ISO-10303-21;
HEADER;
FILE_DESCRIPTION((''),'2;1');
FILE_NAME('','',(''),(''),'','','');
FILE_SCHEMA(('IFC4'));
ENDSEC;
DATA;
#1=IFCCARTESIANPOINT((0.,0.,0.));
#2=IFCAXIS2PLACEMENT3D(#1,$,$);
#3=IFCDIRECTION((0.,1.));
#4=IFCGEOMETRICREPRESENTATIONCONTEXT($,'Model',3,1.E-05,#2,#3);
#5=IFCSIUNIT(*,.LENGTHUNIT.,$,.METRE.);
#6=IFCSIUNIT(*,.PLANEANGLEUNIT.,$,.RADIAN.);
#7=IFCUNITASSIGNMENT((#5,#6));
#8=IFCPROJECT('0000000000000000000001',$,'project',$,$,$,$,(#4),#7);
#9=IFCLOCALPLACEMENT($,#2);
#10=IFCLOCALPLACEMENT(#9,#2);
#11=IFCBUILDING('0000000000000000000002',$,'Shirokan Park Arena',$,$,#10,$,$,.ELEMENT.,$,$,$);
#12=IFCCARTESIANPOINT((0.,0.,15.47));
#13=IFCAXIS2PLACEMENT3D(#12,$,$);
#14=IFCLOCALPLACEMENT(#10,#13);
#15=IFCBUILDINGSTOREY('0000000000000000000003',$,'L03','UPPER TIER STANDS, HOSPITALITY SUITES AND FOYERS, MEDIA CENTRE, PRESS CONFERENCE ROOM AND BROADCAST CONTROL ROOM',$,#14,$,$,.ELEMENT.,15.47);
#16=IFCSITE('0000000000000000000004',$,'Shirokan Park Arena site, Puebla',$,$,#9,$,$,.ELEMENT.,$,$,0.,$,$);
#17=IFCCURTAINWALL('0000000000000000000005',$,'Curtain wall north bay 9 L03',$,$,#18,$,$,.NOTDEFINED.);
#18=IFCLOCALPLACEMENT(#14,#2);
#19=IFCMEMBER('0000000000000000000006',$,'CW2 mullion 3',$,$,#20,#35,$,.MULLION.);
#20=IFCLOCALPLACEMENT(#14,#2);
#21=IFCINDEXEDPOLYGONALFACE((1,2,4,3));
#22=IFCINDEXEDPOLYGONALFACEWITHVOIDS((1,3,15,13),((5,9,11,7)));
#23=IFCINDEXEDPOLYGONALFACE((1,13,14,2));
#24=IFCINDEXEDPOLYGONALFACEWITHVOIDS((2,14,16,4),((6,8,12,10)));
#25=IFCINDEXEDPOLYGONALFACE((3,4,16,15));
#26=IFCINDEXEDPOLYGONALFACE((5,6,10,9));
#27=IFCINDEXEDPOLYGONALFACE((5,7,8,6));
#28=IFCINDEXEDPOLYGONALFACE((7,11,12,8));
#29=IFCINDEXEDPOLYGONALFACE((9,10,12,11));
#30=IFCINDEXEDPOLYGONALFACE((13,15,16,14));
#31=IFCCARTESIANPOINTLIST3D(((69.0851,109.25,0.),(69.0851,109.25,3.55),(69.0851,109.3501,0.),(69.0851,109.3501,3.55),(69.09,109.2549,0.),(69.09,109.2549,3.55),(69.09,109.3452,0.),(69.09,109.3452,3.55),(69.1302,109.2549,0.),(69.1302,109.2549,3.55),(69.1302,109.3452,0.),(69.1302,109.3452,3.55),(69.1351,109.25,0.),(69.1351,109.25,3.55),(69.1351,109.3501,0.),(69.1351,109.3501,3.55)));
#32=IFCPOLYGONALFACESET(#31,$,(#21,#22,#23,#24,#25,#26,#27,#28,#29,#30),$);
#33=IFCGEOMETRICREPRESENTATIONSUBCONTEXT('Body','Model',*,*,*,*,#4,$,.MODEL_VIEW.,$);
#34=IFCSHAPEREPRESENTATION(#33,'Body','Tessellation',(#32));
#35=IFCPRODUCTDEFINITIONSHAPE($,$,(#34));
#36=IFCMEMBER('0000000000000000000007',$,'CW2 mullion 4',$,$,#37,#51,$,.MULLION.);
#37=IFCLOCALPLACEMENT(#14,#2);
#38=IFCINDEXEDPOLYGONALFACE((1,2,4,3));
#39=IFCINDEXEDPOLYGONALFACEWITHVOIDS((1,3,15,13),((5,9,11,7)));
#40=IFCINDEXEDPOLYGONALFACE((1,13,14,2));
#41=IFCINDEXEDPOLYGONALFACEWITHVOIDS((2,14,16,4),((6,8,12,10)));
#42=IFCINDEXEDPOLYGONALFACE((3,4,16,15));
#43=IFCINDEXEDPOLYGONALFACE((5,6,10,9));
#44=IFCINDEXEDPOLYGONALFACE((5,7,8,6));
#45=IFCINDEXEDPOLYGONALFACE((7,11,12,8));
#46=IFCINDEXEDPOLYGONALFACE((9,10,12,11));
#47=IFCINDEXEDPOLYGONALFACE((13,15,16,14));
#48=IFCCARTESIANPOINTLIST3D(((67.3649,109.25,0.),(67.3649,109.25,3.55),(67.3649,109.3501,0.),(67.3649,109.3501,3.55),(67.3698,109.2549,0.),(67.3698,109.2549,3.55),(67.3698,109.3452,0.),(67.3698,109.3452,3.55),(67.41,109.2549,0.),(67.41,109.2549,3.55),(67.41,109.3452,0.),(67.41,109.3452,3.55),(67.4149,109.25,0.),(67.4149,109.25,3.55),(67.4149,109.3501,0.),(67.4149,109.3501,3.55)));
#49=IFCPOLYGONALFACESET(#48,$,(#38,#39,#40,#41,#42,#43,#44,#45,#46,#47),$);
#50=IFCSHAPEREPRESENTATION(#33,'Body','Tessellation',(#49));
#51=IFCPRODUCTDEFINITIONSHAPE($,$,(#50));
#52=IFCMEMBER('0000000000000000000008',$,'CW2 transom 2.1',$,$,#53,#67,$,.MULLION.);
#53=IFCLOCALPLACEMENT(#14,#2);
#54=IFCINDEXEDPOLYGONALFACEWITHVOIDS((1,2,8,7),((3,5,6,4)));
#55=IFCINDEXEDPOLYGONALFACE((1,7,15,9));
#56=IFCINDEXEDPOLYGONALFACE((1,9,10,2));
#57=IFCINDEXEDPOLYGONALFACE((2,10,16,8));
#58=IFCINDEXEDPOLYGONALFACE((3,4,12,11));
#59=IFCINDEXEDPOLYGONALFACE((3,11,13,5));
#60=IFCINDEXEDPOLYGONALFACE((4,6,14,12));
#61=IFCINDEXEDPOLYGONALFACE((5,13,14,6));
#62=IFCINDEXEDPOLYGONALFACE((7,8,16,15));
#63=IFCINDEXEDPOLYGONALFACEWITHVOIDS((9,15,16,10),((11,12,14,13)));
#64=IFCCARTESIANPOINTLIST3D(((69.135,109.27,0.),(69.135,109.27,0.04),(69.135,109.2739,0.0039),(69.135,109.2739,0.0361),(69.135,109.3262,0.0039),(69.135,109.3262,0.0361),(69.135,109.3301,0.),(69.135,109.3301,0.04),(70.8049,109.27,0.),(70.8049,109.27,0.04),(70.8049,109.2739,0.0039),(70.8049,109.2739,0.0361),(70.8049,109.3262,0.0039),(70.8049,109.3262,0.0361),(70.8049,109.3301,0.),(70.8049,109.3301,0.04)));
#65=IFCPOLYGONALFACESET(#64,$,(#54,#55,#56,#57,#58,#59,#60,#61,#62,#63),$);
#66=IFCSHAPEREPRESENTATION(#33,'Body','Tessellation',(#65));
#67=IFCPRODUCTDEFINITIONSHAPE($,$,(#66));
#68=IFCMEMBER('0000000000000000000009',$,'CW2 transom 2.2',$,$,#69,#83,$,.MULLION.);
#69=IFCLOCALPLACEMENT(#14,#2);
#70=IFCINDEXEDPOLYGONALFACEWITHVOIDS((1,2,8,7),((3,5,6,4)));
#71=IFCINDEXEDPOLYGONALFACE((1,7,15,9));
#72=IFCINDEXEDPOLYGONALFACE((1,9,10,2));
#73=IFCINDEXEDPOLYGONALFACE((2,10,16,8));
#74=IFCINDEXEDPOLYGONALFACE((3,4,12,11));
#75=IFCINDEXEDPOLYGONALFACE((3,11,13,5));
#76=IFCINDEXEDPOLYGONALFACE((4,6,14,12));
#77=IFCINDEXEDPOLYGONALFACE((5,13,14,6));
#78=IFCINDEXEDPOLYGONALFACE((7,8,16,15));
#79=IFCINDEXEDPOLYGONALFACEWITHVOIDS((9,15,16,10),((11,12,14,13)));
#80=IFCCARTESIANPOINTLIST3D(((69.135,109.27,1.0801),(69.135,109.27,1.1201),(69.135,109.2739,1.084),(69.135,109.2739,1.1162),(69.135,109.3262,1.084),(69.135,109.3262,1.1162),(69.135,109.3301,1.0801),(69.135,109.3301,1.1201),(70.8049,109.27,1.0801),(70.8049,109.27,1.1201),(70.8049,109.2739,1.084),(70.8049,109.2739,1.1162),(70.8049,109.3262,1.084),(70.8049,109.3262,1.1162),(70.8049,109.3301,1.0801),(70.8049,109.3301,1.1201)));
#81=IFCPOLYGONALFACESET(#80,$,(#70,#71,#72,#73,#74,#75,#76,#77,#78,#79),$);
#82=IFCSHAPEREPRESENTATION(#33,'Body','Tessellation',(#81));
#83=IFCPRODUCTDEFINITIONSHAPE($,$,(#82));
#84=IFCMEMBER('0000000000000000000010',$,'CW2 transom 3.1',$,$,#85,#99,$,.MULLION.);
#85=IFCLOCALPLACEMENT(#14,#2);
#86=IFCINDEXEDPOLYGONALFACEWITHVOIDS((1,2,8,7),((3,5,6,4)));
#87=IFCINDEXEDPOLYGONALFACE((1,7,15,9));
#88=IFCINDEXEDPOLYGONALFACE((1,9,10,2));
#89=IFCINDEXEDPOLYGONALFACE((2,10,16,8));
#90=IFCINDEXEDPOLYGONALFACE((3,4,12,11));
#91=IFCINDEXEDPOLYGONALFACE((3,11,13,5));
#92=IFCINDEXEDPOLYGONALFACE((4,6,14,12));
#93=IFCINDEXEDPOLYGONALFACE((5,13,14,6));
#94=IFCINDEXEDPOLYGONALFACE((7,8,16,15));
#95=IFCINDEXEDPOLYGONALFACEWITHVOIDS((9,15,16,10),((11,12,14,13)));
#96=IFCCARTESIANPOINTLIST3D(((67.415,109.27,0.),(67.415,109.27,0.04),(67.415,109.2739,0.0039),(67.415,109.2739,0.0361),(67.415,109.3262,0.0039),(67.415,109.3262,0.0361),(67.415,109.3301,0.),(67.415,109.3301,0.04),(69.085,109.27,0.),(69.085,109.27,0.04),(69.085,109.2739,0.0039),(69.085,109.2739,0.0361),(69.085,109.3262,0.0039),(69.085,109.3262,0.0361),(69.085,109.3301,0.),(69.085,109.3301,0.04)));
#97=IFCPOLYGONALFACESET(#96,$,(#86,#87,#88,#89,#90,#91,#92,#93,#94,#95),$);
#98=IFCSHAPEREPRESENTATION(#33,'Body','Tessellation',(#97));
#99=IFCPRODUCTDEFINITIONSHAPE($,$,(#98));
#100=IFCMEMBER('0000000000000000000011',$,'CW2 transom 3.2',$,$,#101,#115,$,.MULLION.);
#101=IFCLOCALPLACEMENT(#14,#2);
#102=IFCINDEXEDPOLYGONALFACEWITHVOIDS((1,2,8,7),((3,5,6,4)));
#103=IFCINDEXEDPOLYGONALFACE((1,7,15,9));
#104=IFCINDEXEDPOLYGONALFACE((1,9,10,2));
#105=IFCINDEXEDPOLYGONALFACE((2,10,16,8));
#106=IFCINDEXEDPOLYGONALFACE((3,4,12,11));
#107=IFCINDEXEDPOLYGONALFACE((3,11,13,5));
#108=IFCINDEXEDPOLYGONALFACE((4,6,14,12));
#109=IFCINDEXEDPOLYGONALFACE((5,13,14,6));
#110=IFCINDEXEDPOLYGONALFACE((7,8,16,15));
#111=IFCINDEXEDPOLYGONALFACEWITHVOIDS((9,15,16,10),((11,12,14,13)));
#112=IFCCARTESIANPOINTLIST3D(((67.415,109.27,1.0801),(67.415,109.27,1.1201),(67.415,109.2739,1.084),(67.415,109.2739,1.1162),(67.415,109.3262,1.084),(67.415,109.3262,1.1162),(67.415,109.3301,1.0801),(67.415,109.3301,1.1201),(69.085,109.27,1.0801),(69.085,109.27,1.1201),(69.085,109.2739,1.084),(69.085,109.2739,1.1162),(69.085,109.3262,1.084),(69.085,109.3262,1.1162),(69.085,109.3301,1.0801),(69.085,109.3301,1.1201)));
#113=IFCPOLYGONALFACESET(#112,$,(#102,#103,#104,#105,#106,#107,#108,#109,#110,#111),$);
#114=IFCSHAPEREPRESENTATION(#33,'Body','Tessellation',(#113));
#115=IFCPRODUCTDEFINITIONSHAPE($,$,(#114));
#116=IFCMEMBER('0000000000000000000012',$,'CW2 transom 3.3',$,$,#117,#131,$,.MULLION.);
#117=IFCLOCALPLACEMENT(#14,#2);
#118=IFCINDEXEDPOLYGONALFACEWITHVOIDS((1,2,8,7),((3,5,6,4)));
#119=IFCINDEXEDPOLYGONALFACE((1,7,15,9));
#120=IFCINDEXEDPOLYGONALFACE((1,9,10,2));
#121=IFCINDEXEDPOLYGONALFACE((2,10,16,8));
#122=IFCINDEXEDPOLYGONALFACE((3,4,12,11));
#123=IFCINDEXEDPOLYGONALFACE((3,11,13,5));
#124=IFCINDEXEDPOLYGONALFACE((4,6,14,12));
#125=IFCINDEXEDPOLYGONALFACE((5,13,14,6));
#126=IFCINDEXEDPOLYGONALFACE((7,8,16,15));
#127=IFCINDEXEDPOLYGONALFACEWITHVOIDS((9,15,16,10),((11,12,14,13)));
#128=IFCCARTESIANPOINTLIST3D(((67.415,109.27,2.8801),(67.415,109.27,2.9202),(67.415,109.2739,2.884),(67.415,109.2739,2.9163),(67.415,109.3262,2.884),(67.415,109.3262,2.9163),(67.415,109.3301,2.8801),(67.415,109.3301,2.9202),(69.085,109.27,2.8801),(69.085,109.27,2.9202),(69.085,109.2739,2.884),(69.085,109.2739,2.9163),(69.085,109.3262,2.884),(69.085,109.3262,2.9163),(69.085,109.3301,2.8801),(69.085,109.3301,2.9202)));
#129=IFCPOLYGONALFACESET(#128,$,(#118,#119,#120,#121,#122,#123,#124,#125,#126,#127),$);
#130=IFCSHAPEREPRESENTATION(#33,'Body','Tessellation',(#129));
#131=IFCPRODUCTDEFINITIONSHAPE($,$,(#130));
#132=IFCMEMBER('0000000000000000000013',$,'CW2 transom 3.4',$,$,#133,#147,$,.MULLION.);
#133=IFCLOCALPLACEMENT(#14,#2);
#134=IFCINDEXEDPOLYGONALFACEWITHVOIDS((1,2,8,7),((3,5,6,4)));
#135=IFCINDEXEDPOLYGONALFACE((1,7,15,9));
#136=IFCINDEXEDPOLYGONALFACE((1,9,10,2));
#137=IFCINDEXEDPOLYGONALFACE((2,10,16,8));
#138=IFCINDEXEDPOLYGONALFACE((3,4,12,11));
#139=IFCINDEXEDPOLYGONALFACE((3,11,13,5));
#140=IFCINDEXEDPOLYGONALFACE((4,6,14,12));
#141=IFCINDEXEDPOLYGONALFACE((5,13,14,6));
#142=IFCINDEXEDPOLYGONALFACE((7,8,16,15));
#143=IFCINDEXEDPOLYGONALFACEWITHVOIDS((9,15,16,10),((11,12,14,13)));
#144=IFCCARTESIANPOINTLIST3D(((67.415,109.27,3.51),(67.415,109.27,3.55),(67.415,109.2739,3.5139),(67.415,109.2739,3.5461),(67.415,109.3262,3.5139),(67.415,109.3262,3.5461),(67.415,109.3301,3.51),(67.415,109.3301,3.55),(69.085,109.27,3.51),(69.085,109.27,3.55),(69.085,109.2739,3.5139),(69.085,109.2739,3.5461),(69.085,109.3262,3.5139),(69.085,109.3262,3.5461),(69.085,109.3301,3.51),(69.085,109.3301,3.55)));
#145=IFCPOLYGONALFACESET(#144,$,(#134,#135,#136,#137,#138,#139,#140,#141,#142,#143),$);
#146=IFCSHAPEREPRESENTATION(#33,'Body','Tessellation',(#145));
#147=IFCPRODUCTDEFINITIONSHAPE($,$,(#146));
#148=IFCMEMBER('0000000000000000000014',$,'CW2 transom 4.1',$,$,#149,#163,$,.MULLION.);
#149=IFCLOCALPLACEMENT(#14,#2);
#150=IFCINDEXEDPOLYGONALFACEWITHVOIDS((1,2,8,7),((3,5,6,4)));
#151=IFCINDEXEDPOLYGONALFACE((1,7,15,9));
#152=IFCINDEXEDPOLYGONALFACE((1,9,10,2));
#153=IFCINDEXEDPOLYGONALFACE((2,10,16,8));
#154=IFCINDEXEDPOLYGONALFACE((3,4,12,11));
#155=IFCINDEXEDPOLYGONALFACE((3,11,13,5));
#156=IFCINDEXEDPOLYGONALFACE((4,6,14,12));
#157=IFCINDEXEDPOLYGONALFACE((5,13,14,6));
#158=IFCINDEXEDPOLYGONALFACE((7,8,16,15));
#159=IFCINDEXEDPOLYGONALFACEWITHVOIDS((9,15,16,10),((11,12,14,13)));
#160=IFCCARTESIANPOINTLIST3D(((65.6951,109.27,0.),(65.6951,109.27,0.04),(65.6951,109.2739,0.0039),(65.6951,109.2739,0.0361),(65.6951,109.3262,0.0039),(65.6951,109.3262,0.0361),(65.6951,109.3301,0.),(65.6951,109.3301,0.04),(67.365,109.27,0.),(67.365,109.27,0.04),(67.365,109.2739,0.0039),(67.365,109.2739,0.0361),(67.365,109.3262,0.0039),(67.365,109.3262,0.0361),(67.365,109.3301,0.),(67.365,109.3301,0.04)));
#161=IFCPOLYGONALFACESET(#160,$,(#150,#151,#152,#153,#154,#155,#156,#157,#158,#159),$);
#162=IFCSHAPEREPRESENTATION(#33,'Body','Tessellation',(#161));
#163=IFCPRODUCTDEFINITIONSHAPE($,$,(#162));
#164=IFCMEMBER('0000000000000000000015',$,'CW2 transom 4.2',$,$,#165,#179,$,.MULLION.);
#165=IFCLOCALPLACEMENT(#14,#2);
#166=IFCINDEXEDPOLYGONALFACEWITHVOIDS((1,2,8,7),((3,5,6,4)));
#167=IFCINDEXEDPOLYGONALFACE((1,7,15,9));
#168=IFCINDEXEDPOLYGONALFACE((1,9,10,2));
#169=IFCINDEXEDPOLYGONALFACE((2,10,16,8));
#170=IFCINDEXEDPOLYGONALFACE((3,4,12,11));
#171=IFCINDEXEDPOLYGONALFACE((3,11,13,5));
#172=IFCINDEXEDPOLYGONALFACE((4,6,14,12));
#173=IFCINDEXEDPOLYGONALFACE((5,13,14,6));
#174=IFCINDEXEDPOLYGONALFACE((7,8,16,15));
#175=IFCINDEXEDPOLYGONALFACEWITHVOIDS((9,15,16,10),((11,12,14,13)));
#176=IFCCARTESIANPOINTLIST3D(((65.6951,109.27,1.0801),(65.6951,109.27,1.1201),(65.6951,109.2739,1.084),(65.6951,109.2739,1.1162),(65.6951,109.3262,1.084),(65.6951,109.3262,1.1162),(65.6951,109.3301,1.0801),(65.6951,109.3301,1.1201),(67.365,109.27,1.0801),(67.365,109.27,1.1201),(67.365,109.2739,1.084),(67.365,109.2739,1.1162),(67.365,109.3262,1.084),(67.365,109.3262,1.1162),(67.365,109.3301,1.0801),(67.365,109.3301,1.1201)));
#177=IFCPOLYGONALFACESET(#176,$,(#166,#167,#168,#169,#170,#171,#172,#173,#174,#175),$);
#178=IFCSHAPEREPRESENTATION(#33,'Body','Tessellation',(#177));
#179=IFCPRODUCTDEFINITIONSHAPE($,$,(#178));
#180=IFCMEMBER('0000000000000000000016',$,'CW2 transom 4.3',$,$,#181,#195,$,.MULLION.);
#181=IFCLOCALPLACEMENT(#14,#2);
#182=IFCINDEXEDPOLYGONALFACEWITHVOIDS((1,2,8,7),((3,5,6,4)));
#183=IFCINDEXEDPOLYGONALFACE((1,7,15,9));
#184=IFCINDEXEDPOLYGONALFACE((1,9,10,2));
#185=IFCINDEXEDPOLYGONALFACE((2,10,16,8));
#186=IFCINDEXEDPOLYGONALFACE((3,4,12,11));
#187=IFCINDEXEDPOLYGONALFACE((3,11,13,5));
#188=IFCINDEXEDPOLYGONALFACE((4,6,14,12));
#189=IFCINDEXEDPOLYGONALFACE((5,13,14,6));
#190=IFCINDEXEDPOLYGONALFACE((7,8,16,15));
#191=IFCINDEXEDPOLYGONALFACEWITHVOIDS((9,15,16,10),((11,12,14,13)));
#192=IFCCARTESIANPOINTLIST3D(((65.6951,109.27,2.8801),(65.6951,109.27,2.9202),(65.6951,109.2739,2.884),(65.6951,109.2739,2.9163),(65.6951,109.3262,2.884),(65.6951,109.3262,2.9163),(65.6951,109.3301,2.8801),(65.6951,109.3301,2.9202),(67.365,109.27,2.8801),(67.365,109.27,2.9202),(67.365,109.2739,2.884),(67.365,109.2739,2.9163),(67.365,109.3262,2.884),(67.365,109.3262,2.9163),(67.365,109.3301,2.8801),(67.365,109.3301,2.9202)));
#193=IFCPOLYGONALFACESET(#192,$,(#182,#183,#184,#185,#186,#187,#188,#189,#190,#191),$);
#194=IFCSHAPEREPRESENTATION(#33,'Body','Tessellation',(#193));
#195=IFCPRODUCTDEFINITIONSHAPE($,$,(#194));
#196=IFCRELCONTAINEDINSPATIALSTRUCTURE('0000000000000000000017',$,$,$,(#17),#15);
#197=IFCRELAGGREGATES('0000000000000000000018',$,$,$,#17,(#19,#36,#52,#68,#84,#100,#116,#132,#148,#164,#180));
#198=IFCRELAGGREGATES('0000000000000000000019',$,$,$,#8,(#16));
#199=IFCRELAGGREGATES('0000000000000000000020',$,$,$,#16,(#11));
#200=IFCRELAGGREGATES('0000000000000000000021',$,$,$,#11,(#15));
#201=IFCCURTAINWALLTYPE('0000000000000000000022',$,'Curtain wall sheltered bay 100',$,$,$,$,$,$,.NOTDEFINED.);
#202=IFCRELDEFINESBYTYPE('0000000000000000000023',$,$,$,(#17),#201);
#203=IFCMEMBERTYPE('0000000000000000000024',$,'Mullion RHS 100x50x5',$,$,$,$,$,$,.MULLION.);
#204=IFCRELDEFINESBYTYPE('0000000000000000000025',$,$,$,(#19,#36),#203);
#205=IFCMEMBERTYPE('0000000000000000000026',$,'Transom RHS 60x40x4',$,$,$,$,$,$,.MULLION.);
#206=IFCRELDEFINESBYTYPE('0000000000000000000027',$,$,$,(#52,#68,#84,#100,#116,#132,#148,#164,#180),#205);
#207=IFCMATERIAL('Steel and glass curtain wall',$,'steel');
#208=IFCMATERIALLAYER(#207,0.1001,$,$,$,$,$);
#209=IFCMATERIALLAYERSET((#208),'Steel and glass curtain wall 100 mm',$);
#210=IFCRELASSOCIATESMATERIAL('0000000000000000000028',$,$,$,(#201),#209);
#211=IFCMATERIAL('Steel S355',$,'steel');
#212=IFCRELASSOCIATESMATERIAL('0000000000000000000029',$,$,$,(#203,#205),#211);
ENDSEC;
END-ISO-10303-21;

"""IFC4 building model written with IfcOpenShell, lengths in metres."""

from ifc_helpers import new_model, si_unit, direction, frame, origin, origin_2d, place, context, subcontext, project, spatial, hollow_rectangle, extrude, material, layer, layer_set, material_profile, profile_set, type_object, element, aggregate, save


model = new_model("IFC4")

# Units and contexts
model_context = context("Model", 3, precision=1e-05, world=origin(), true_north=direction((0.0, 1.0)))
body_context = subcontext(model_context, "Body", "Model", "MODEL_VIEW")
ifc_project = project(units=[si_unit("LENGTHUNIT", "METRE"), si_unit("PLANEANGLEUNIT", "RADIAN")], contexts=[model_context])

# Site, building, storey
site_placement = place(None, origin())
site = spatial("IfcSite", under=ifc_project, at=site_placement, Name="Shirokan Park Arena site, Puebla", CompositionType="ELEMENT", RefElevation=0.0)
building_placement = place(site_placement, origin())
building = spatial("IfcBuilding", under=site, at=building_placement, Name="Shirokan Park Arena", CompositionType="ELEMENT")
storey_placement = place(building_placement, frame((0.0, 0.0, 15.47)))
storey = spatial("IfcBuildingStorey", under=building, at=storey_placement, Name="L03", Description="UPPER TIER STANDS, HOSPITALITY SUITES AND FOYERS, MEDIA CENTRE, PRESS CONFERENCE ROOM AND BROADCAST CONTROL ROOM", CompositionType="ELEMENT", Elevation=15.47)

# Curtain wall, members
ifc_material_1 = material(Name="Steel and glass curtain wall", Category="steel")
ifc_layer_1 = layer(ifc_material_1, 0.1001)
ifc_layer_set_1 = layer_set([ifc_layer_1], Name="Steel and glass curtain wall 100 mm")
curtain_wall_type = type_object("IfcCurtainWallType", Name="Curtain wall sheltered bay 100", PredefinedType="NOTDEFINED", material=ifc_layer_set_1)
curtain_wall_placement = place(storey_placement, origin())
curtain_wall = element("IfcCurtainWall", 1, at=curtain_wall_placement, inside=storey, type_object=curtain_wall_type, Name="Curtain wall north bay 9 L03", PredefinedType="NOTDEFINED")
ifc_material_2 = material(Name="Steel S355", Category="steel")
ifc_material_profile_1 = material_profile(ifc_material_2, hollow_rectangle(XDim=0.1001, YDim=0.05, WallThickness=0.0049, at=origin_2d()), Name="RHS 100x50x5")
ifc_profile_set_1 = profile_set([ifc_material_profile_1], Name="Steel S355")
member_type_1 = type_object("IfcMemberType", Name="Mullion RHS 100x50x5", PredefinedType="MULLION", material=ifc_profile_set_1)
member_1_placement = place(storey_placement, frame((69.1101, 109.3, 0.0), z_axis=(0.0, 0.0, 1.0), x_axis=(0.0, -1.0, 0.0)))
member_1 = element("IfcMember", 2, at=member_1_placement, type_object=member_type_1, Name="CW2 mullion 3", PredefinedType="MULLION", context=body_context, shape_type="SweptSolid", body=[
    extrude(hollow_rectangle(XDim=0.1001, YDim=0.05, WallThickness=0.0049, at=origin_2d()), origin(), (0.0, 0.0, 1.0), 3.55),
])
member_2_placement = place(storey_placement, frame((67.3899, 109.3, 0.0), z_axis=(0.0, 0.0, 1.0), x_axis=(0.0, -1.0, 0.0)))
member_2 = element("IfcMember", 3, at=member_2_placement, type_object=member_type_1, Name="CW2 mullion 4", PredefinedType="MULLION", context=body_context, shape_type="SweptSolid", body=[
    extrude(hollow_rectangle(XDim=0.1001, YDim=0.05, WallThickness=0.0049, at=origin_2d()), origin(), (0.0, 0.0, 1.0), 3.55),
])
ifc_material_profile_2 = material_profile(ifc_material_2, hollow_rectangle(XDim=0.0601, YDim=0.04, WallThickness=0.0039, at=origin_2d()), Name="RHS 60x40x4")
ifc_profile_set_2 = profile_set([ifc_material_profile_2], Name="Steel S355")
member_type_2 = type_object("IfcMemberType", Name="Transom RHS 60x40x4", PredefinedType="MULLION", material=ifc_profile_set_2)
member_3_placement = place(storey_placement, frame((70.8049, 109.3, 0.02), z_axis=(-1.0, 0.0, 0.0), x_axis=(0.0, -1.0, 0.0)))
member_3 = element("IfcMember", 4, at=member_3_placement, type_object=member_type_2, Name="CW2 transom 2.1", PredefinedType="MULLION", context=body_context, shape_type="SweptSolid", body=[
    extrude(hollow_rectangle(XDim=0.0601, YDim=0.04, WallThickness=0.0039, at=origin_2d()), origin(), (0.0, 0.0, 1.0), 1.6699),
])
member_4_placement = place(storey_placement, frame((70.8049, 109.3, 1.1001), z_axis=(-1.0, 0.0, 0.0), x_axis=(0.0, -1.0, 0.0)))
member_4 = element("IfcMember", 5, at=member_4_placement, type_object=member_type_2, Name="CW2 transom 2.2", PredefinedType="MULLION", context=body_context, shape_type="SweptSolid", body=[
    extrude(hollow_rectangle(XDim=0.0601, YDim=0.04, WallThickness=0.0039, at=origin_2d()), origin(), (0.0, 0.0, 1.0), 1.6699),
])
member_5_placement = place(storey_placement, frame((69.085, 109.3, 0.02), z_axis=(-1.0, 0.0, 0.0), x_axis=(0.0, -1.0, 0.0)))
member_5 = element("IfcMember", 6, at=member_5_placement, type_object=member_type_2, Name="CW2 transom 3.1", PredefinedType="MULLION", context=body_context, shape_type="SweptSolid", body=[
    extrude(hollow_rectangle(XDim=0.0601, YDim=0.04, WallThickness=0.0039, at=origin_2d()), origin(), (0.0, 0.0, 1.0), 1.6699),
])
member_6_placement = place(storey_placement, frame((69.085, 109.3, 1.1001), z_axis=(-1.0, 0.0, 0.0), x_axis=(0.0, -1.0, 0.0)))
member_6 = element("IfcMember", 7, at=member_6_placement, type_object=member_type_2, Name="CW2 transom 3.2", PredefinedType="MULLION", context=body_context, shape_type="SweptSolid", body=[
    extrude(hollow_rectangle(XDim=0.0601, YDim=0.04, WallThickness=0.0039, at=origin_2d()), origin(), (0.0, 0.0, 1.0), 1.6699),
])
member_7_placement = place(storey_placement, frame((69.085, 109.3, 2.9001), z_axis=(-1.0, 0.0, 0.0), x_axis=(0.0, -1.0, 0.0)))
member_7 = element("IfcMember", 8, at=member_7_placement, type_object=member_type_2, Name="CW2 transom 3.3", PredefinedType="MULLION", context=body_context, shape_type="SweptSolid", body=[
    extrude(hollow_rectangle(XDim=0.0601, YDim=0.04, WallThickness=0.0039, at=origin_2d()), origin(), (0.0, 0.0, 1.0), 1.6699),
])
member_8_placement = place(storey_placement, frame((69.085, 109.3, 3.53), z_axis=(-1.0, 0.0, 0.0), x_axis=(0.0, -1.0, 0.0)))
member_8 = element("IfcMember", 9, at=member_8_placement, type_object=member_type_2, Name="CW2 transom 3.4", PredefinedType="MULLION", context=body_context, shape_type="SweptSolid", body=[
    extrude(hollow_rectangle(XDim=0.0601, YDim=0.04, WallThickness=0.0039, at=origin_2d()), origin(), (0.0, 0.0, 1.0), 1.6699),
])
member_9_placement = place(storey_placement, frame((67.365, 109.3, 0.02), z_axis=(-1.0, 0.0, 0.0), x_axis=(0.0, -1.0, 0.0)))
member_9 = element("IfcMember", 10, at=member_9_placement, type_object=member_type_2, Name="CW2 transom 4.1", PredefinedType="MULLION", context=body_context, shape_type="SweptSolid", body=[
    extrude(hollow_rectangle(XDim=0.0601, YDim=0.04, WallThickness=0.0039, at=origin_2d()), origin(), (0.0, 0.0, 1.0), 1.6699),
])
member_10_placement = place(storey_placement, frame((67.365, 109.3, 1.1001), z_axis=(-1.0, 0.0, 0.0), x_axis=(0.0, -1.0, 0.0)))
member_10 = element("IfcMember", 11, at=member_10_placement, type_object=member_type_2, Name="CW2 transom 4.2", PredefinedType="MULLION", context=body_context, shape_type="SweptSolid", body=[
    extrude(hollow_rectangle(XDim=0.0601, YDim=0.04, WallThickness=0.0039, at=origin_2d()), origin(), (0.0, 0.0, 1.0), 1.6699),
])
member_11_placement = place(storey_placement, frame((67.365, 109.3, 2.9001), z_axis=(-1.0, 0.0, 0.0), x_axis=(0.0, -1.0, 0.0)))
member_11 = element("IfcMember", 12, at=member_11_placement, type_object=member_type_2, Name="CW2 transom 4.3", PredefinedType="MULLION", context=body_context, shape_type="SweptSolid", body=[
    extrude(hollow_rectangle(XDim=0.0601, YDim=0.04, WallThickness=0.0039, at=origin_2d()), origin(), (0.0, 0.0, 1.0), 1.6699),
])
aggregate(curtain_wall, [member_1, member_2, member_3, member_4, member_5, member_6, member_7, member_8, member_9, member_10, member_11])

save(model, "model.ifc")
